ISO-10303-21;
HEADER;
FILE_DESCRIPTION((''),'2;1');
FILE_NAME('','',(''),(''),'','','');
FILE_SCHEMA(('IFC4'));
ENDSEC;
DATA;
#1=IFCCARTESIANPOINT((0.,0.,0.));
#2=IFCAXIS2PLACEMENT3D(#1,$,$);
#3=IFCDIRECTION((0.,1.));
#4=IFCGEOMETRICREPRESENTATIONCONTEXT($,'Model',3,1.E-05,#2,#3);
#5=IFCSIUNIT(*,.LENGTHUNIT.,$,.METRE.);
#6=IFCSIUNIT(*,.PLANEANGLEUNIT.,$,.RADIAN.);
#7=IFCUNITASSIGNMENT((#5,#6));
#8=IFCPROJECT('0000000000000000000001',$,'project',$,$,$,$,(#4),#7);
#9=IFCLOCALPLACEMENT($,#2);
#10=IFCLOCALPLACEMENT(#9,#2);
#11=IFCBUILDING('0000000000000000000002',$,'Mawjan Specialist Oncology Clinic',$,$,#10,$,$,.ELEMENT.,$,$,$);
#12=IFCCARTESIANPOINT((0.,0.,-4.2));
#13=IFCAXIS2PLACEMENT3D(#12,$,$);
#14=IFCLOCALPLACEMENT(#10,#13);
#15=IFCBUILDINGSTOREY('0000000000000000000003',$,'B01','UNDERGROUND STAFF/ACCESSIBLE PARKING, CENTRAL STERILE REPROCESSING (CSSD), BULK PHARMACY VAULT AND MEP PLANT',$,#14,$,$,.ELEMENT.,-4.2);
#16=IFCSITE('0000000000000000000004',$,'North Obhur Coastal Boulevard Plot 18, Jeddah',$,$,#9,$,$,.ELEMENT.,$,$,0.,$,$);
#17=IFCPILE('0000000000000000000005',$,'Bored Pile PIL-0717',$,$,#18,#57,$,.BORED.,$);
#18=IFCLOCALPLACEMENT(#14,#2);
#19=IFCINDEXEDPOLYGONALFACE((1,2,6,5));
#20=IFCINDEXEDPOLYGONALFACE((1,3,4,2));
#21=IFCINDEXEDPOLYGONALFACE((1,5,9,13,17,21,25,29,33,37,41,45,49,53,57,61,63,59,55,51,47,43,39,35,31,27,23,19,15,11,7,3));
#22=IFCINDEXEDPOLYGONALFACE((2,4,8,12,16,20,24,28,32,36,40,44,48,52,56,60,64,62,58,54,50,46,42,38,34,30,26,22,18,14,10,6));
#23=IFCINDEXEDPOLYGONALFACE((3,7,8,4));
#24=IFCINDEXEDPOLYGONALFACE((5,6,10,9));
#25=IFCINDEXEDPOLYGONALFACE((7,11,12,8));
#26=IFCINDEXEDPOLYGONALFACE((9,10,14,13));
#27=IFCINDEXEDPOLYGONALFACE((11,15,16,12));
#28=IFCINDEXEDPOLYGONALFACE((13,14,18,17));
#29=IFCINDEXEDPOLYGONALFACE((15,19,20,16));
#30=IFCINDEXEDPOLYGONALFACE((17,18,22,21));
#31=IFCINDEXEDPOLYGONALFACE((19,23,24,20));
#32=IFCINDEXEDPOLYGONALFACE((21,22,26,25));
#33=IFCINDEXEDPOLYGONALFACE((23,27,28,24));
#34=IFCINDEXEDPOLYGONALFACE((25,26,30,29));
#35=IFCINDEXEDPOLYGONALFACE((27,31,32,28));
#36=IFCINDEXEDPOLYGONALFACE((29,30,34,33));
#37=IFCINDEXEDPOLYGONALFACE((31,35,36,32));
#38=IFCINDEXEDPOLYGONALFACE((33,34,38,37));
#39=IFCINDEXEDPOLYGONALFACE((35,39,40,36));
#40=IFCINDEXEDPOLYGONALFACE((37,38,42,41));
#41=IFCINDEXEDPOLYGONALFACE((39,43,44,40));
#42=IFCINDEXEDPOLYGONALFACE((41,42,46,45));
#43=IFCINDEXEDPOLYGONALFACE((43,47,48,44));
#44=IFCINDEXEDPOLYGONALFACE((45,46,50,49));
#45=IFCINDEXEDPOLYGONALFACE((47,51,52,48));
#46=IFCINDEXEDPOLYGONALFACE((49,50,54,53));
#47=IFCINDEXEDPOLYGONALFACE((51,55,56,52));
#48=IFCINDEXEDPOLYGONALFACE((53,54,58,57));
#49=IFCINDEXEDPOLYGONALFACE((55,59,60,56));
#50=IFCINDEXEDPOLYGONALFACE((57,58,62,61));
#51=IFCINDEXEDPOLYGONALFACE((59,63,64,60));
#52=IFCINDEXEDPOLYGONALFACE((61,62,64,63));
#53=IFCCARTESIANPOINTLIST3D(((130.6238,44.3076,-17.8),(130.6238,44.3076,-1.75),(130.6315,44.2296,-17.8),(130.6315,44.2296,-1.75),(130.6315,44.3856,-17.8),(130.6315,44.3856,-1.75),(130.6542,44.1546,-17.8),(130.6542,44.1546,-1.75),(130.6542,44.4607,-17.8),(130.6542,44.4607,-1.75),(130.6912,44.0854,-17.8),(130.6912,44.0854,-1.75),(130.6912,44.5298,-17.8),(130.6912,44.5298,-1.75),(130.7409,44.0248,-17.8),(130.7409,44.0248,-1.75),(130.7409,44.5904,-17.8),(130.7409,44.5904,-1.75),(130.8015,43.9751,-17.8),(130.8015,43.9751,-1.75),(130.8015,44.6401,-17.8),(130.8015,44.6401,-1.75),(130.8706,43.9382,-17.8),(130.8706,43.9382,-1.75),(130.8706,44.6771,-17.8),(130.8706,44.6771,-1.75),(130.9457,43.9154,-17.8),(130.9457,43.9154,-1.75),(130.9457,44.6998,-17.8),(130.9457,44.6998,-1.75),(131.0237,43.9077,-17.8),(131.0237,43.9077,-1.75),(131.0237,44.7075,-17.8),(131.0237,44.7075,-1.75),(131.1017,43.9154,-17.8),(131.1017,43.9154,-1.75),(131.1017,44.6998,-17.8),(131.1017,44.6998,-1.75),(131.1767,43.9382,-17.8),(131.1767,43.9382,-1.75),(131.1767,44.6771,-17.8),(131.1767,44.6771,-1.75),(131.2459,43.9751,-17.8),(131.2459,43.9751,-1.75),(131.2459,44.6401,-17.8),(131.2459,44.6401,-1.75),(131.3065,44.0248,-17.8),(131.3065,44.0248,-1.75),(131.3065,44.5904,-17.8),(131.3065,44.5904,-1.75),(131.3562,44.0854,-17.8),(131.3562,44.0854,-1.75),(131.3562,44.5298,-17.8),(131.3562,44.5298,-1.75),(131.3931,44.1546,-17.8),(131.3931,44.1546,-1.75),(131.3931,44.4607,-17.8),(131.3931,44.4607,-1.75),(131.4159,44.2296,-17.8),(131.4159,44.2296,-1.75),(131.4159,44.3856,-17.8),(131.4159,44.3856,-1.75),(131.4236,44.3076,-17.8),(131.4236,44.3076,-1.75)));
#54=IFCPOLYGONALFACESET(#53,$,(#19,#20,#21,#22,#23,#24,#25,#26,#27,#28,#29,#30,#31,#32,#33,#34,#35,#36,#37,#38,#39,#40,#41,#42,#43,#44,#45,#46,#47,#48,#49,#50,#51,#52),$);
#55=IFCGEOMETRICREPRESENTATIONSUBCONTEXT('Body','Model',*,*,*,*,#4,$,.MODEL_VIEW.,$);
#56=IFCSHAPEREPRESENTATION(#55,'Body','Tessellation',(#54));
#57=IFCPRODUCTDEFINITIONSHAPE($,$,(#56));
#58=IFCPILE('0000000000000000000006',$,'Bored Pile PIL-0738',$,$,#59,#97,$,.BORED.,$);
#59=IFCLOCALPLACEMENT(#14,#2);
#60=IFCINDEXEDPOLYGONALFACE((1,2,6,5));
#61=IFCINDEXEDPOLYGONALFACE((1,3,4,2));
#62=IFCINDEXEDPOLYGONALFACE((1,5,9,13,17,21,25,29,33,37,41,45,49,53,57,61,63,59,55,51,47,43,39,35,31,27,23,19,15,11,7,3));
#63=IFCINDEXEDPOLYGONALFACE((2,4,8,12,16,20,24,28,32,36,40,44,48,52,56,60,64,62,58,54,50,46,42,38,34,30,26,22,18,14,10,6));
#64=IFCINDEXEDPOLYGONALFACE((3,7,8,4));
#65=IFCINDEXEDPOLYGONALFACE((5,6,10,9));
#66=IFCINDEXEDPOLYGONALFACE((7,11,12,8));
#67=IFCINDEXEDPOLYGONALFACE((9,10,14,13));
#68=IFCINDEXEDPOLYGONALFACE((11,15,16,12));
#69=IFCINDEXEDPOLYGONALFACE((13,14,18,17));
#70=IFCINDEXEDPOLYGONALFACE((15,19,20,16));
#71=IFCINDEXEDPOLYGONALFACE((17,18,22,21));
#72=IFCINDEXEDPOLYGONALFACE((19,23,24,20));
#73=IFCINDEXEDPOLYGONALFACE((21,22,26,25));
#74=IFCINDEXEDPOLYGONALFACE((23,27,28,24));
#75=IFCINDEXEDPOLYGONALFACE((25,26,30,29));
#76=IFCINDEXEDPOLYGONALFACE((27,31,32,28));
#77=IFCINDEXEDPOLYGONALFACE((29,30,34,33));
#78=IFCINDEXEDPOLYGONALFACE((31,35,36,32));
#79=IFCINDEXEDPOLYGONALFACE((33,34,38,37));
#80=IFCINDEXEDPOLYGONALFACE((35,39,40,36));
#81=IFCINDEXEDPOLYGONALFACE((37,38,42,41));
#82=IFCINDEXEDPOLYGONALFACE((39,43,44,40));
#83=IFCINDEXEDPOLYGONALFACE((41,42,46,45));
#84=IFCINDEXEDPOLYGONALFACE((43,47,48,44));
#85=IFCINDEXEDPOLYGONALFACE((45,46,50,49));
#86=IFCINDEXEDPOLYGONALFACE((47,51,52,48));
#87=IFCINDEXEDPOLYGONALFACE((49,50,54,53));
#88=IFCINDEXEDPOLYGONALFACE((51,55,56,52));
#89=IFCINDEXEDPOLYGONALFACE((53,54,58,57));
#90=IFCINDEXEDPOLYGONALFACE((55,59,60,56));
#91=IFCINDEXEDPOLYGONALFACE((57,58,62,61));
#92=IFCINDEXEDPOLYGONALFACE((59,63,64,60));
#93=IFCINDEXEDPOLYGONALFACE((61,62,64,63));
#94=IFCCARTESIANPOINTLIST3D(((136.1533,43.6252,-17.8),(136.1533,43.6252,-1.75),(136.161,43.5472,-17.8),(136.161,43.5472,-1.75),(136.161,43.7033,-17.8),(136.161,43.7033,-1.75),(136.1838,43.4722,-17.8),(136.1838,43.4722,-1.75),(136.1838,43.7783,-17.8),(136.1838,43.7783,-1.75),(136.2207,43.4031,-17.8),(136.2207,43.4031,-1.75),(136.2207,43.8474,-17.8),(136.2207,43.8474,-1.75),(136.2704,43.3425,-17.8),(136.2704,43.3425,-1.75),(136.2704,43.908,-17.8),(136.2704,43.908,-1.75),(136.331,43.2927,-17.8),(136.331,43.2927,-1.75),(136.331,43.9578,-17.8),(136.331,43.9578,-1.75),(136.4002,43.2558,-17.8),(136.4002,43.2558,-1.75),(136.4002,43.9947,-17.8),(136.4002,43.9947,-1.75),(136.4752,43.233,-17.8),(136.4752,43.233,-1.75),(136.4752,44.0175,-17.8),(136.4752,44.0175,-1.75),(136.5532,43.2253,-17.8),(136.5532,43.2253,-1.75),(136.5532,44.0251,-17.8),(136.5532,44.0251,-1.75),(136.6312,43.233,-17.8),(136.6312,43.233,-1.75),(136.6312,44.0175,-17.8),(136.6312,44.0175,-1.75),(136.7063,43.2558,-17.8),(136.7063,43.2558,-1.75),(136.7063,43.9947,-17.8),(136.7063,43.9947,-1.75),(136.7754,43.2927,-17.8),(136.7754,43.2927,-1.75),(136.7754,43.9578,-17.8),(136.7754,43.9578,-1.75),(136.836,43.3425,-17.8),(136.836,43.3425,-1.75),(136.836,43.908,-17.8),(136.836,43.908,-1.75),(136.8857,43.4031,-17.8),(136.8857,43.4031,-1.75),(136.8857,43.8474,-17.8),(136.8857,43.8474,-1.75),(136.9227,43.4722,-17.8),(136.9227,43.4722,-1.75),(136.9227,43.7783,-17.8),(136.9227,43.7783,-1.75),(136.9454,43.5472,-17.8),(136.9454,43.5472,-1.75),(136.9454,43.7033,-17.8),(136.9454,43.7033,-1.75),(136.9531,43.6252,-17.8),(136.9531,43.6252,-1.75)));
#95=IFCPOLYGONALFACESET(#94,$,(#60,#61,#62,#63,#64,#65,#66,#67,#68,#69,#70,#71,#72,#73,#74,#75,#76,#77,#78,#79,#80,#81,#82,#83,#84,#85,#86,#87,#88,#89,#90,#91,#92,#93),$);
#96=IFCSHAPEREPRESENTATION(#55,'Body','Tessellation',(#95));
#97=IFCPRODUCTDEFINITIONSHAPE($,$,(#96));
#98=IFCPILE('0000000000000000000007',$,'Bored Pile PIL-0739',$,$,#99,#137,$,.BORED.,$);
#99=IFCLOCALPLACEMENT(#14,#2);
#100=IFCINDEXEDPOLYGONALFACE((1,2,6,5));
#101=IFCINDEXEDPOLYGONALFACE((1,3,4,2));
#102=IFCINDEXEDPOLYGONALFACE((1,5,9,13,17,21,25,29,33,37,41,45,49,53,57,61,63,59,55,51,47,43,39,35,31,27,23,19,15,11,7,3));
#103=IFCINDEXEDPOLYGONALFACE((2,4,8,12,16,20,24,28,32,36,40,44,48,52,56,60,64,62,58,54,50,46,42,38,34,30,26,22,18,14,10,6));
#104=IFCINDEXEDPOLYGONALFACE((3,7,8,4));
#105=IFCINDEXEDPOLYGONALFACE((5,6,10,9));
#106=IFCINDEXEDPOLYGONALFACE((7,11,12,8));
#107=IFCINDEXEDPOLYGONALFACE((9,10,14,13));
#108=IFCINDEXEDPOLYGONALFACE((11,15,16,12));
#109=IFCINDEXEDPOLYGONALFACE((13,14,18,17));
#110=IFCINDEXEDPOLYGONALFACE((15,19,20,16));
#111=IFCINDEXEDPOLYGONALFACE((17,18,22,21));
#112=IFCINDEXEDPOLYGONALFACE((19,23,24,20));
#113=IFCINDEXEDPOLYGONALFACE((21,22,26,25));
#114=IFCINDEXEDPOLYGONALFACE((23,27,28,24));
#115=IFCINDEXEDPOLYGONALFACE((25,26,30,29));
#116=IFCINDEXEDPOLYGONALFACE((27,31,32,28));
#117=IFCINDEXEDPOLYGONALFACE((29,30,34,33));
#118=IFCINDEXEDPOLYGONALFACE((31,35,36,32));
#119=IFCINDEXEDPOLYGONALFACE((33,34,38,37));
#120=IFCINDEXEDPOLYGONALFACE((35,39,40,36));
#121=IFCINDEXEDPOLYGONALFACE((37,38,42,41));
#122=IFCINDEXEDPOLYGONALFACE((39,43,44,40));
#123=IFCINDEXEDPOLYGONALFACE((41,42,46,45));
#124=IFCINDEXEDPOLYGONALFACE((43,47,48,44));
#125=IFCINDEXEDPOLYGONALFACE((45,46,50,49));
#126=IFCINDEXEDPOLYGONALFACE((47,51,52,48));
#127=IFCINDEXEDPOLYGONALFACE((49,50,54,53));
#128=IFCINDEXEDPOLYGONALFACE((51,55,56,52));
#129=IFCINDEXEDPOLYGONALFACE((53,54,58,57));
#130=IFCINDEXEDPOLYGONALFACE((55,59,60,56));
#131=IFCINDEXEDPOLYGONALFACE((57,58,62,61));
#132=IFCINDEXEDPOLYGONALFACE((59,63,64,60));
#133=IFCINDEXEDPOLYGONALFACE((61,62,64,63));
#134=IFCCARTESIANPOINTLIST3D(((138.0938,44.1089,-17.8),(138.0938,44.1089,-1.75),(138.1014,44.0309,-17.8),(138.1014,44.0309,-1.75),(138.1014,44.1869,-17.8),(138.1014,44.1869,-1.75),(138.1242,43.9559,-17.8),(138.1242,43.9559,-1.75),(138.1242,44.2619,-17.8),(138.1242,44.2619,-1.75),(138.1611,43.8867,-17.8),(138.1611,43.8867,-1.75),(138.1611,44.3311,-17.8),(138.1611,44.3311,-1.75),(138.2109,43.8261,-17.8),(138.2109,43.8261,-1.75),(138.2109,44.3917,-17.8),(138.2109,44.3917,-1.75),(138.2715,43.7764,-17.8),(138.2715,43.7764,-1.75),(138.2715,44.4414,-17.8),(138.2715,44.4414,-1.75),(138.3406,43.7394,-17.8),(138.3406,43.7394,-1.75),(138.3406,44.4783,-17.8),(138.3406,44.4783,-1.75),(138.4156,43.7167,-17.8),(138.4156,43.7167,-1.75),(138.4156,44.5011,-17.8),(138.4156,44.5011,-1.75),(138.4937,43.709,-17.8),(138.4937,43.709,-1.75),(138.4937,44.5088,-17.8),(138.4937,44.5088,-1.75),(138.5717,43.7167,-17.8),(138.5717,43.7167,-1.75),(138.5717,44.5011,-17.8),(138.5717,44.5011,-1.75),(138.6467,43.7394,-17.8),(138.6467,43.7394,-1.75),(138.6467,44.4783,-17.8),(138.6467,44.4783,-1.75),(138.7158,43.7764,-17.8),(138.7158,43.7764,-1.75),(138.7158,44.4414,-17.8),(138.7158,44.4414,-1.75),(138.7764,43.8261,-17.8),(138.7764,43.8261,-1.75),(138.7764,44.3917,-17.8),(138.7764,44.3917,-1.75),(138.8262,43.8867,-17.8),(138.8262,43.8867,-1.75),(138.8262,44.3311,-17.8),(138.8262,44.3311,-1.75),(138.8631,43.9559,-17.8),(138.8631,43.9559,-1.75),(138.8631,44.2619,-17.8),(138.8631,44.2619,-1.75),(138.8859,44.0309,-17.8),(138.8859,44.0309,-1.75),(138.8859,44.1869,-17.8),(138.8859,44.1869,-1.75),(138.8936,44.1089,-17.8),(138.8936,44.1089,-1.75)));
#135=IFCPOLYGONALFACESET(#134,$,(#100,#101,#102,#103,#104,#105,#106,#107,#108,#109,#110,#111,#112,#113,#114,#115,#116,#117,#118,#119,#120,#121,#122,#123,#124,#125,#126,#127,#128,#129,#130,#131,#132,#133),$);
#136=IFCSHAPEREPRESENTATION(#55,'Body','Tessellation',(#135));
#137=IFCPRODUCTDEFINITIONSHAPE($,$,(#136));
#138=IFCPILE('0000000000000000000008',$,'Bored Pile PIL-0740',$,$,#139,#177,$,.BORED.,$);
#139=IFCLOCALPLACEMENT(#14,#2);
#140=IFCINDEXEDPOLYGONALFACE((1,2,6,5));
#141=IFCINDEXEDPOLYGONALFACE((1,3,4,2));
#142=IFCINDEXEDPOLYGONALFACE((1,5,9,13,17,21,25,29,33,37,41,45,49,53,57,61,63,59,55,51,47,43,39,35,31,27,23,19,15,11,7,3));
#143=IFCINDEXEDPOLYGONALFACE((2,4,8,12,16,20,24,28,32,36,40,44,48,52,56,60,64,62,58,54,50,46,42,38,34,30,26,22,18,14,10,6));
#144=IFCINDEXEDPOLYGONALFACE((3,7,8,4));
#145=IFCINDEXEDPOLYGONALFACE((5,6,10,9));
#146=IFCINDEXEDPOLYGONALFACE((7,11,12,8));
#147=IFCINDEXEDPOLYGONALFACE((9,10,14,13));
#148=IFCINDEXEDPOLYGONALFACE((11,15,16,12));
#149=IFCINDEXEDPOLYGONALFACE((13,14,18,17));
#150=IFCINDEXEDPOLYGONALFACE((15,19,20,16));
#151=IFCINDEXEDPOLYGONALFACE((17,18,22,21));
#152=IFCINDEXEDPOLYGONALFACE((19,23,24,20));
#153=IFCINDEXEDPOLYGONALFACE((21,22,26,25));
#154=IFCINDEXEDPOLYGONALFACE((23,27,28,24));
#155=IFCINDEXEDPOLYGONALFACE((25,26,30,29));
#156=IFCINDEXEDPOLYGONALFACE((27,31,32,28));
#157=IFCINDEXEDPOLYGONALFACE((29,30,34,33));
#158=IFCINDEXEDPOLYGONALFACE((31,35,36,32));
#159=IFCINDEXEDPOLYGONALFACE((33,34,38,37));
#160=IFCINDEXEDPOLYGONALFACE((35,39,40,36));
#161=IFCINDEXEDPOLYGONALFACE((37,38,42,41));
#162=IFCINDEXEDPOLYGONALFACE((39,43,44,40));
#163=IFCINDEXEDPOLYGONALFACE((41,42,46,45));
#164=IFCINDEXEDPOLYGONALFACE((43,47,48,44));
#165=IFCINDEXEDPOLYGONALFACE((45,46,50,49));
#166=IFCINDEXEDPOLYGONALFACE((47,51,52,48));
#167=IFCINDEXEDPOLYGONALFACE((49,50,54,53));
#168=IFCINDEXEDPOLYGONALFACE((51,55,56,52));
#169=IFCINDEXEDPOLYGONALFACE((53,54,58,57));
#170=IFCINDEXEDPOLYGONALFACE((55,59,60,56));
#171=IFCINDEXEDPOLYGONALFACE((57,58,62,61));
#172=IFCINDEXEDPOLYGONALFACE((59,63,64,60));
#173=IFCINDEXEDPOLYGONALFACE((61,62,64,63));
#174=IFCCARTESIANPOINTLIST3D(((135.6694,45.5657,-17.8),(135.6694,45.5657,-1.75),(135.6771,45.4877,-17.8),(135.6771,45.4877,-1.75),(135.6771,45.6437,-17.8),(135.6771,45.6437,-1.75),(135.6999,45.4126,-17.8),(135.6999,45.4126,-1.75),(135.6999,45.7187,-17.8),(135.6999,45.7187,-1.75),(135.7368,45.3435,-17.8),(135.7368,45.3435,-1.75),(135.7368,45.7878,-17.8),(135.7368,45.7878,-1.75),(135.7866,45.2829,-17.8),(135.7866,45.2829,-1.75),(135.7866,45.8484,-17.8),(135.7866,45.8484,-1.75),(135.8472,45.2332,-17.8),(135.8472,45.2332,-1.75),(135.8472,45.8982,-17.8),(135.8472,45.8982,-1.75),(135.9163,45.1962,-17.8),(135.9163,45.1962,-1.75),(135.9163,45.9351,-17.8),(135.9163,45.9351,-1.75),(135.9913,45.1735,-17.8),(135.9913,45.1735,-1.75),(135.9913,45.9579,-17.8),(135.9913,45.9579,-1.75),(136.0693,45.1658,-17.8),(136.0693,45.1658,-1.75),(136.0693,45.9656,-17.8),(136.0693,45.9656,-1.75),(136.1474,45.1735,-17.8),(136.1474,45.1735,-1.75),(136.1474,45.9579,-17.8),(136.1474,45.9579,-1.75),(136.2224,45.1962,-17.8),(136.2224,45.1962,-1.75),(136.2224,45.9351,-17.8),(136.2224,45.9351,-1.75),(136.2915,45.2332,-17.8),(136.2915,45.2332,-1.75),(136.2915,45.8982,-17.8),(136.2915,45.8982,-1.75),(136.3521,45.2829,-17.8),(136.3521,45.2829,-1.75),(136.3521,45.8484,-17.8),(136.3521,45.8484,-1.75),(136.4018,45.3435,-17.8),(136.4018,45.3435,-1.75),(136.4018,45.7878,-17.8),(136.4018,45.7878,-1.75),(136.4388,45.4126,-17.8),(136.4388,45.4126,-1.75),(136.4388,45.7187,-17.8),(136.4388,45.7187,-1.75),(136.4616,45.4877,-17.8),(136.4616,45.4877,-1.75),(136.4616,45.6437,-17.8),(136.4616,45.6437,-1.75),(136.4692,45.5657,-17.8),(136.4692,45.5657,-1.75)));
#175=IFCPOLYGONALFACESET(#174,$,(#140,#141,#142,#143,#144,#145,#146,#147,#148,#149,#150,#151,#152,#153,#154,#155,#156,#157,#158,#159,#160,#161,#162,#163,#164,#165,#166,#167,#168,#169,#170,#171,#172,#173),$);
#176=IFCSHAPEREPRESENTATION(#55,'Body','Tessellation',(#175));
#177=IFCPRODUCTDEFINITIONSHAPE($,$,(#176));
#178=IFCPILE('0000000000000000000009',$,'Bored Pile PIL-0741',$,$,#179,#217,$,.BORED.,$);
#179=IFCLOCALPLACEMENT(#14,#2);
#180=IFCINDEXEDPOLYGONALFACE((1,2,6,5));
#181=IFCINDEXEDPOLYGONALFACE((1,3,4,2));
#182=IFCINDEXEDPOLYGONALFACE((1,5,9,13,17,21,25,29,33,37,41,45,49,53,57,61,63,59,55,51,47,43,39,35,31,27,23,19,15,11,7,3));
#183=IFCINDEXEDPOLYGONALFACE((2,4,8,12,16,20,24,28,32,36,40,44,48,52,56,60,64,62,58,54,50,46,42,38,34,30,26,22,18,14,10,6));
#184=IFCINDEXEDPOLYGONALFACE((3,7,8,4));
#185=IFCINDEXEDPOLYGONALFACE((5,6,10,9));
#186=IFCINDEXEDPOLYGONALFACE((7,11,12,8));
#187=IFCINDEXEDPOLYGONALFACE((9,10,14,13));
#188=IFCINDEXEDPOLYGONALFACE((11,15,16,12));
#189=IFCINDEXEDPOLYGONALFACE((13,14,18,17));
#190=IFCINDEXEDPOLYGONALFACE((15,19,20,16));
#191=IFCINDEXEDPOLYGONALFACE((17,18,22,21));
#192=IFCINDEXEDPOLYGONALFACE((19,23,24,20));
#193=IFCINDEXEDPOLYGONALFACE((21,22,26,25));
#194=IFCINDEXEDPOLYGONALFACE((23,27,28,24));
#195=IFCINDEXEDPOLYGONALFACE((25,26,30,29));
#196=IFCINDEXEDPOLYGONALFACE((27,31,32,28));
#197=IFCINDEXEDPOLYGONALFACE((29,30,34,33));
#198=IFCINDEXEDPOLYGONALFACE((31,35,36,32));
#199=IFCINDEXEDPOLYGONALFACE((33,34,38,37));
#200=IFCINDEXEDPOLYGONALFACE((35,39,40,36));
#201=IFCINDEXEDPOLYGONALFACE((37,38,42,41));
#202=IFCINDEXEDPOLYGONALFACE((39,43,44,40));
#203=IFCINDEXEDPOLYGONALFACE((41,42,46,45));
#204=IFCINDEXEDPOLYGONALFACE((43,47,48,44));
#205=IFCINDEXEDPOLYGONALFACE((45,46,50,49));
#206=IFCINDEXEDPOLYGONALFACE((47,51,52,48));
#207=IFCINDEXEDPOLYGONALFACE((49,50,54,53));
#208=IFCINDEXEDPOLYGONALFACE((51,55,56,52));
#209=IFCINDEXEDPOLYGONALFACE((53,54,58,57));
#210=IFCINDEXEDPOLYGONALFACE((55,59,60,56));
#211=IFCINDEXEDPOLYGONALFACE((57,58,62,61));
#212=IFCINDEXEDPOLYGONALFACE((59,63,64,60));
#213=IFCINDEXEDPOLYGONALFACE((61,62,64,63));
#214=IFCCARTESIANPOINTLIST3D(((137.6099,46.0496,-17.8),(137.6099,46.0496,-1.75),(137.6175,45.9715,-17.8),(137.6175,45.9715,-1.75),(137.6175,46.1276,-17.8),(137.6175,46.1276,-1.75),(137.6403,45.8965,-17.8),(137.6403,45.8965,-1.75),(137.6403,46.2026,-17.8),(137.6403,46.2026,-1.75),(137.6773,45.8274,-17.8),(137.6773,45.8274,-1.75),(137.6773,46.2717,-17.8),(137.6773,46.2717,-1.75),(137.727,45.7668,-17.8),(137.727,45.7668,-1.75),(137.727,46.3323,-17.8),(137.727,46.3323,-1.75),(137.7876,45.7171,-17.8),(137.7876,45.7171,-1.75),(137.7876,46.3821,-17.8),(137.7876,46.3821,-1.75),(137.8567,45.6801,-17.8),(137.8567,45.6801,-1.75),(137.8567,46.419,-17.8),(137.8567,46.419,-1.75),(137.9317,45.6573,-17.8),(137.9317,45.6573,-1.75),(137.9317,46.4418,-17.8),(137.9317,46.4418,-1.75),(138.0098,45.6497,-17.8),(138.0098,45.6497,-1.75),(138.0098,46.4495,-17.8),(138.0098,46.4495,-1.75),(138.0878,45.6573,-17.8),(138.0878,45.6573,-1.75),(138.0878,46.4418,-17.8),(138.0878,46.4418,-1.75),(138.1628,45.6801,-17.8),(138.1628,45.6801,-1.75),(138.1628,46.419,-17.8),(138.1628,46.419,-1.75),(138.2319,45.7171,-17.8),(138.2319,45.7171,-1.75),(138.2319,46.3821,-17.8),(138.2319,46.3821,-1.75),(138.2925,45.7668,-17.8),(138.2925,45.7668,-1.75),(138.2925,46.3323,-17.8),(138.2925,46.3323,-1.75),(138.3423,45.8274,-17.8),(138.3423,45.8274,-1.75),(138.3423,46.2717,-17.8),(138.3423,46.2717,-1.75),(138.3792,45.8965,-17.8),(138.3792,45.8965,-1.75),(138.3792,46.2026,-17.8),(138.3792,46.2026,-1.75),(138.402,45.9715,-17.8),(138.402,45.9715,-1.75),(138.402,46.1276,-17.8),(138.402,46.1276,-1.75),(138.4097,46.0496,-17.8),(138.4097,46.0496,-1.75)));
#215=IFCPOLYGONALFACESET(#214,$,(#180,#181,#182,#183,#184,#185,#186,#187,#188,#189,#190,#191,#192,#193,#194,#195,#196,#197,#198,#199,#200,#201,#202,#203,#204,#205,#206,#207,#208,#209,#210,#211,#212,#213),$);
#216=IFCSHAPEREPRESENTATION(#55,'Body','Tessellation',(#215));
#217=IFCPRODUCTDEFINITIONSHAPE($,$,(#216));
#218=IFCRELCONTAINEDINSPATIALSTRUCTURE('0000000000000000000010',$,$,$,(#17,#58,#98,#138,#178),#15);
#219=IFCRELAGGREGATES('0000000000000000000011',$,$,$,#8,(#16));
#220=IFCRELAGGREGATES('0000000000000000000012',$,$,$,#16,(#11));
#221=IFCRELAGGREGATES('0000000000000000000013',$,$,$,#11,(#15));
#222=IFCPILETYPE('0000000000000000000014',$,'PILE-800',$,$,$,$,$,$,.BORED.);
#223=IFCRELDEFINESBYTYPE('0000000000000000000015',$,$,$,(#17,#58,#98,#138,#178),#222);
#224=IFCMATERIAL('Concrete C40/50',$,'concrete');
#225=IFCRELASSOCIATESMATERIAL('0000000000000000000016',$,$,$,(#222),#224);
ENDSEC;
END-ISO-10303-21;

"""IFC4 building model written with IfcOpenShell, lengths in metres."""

from ifc_helpers import new_model, si_unit, direction, frame, origin, origin_2d, place, context, subcontext, project, spatial, circle, extrude, material, material_profile, profile_set, type_object, element, save


model = new_model("IFC4")

# Units and contexts
model_context = context("Model", 3, precision=1e-05, world=origin(), true_north=direction((0.0, 1.0)))
body_context = subcontext(model_context, "Body", "Model", "MODEL_VIEW")
ifc_project = project(units=[si_unit("LENGTHUNIT", "METRE"), si_unit("PLANEANGLEUNIT", "RADIAN")], contexts=[model_context])

# Site, building, storey
site_placement = place(None, origin())
site = spatial("IfcSite", under=ifc_project, at=site_placement, Name="North Obhur Coastal Boulevard Plot 18, Jeddah", CompositionType="ELEMENT", RefElevation=0.0)
building_placement = place(site_placement, origin())
building = spatial("IfcBuilding", under=site, at=building_placement, Name="Mawjan Specialist Oncology Clinic", CompositionType="ELEMENT")
storey_placement = place(building_placement, frame((0.0, 0.0, -4.2)))
storey = spatial("IfcBuildingStorey", under=building, at=storey_placement, Name="B01", Description="UNDERGROUND STAFF/ACCESSIBLE PARKING, CENTRAL STERILE REPROCESSING (CSSD), BULK PHARMACY VAULT AND MEP PLANT", CompositionType="ELEMENT", Elevation=-4.2)

# Piles
ifc_material_1 = material(Name="Concrete C40/50", Category="concrete")
ifc_material_profile_1 = material_profile(ifc_material_1, circle(Radius=0.3999, at=origin_2d()), Name="BORED PILE D800", Category="concrete")
ifc_profile_set_1 = profile_set([ifc_material_profile_1], Name="Concrete C40/50")
pile_type = type_object("IfcPileType", Name="PILE-800", PredefinedType="BORED", material=ifc_profile_set_1)
for number, where, z_axis, x_axis, name in (
    (1, (131.0237, 44.3076, -1.75), (0.0, 0.0, -1.0), (1.0, 0.0, 0.0), "Bored Pile PIL-0717"),
    (2, (136.5532, 43.6252, -1.75), (0.0, 0.0, -1.0), (1.0, 0.0, 0.0), "Bored Pile PIL-0738"),
    (3, (138.4937, 44.1089, -1.75), (0.0, 0.0, -1.0), (1.0, 0.0, 0.0), "Bored Pile PIL-0739"),
    (4, (136.0693, 45.5657, -1.75), (0.0, 0.0, -1.0), (1.0, 0.0, 0.0), "Bored Pile PIL-0740"),
    (5, (138.0098, 46.0496, -1.75), (0.0, 0.0, -1.0), (1.0, 0.0, 0.0), "Bored Pile PIL-0741"),
):
    element("IfcPile", number, at=place(storey_placement, frame(where, z_axis=z_axis, x_axis=x_axis)), inside=storey, type_object=pile_type, Name=name, PredefinedType="BORED", context=body_context, shape_type="SweptSolid", body=[
        extrude(circle(Radius=0.3999, at=origin_2d()), origin(), (0.0, 0.0, 1.0), 16.05),
    ])

save(model, "model.ifc")
